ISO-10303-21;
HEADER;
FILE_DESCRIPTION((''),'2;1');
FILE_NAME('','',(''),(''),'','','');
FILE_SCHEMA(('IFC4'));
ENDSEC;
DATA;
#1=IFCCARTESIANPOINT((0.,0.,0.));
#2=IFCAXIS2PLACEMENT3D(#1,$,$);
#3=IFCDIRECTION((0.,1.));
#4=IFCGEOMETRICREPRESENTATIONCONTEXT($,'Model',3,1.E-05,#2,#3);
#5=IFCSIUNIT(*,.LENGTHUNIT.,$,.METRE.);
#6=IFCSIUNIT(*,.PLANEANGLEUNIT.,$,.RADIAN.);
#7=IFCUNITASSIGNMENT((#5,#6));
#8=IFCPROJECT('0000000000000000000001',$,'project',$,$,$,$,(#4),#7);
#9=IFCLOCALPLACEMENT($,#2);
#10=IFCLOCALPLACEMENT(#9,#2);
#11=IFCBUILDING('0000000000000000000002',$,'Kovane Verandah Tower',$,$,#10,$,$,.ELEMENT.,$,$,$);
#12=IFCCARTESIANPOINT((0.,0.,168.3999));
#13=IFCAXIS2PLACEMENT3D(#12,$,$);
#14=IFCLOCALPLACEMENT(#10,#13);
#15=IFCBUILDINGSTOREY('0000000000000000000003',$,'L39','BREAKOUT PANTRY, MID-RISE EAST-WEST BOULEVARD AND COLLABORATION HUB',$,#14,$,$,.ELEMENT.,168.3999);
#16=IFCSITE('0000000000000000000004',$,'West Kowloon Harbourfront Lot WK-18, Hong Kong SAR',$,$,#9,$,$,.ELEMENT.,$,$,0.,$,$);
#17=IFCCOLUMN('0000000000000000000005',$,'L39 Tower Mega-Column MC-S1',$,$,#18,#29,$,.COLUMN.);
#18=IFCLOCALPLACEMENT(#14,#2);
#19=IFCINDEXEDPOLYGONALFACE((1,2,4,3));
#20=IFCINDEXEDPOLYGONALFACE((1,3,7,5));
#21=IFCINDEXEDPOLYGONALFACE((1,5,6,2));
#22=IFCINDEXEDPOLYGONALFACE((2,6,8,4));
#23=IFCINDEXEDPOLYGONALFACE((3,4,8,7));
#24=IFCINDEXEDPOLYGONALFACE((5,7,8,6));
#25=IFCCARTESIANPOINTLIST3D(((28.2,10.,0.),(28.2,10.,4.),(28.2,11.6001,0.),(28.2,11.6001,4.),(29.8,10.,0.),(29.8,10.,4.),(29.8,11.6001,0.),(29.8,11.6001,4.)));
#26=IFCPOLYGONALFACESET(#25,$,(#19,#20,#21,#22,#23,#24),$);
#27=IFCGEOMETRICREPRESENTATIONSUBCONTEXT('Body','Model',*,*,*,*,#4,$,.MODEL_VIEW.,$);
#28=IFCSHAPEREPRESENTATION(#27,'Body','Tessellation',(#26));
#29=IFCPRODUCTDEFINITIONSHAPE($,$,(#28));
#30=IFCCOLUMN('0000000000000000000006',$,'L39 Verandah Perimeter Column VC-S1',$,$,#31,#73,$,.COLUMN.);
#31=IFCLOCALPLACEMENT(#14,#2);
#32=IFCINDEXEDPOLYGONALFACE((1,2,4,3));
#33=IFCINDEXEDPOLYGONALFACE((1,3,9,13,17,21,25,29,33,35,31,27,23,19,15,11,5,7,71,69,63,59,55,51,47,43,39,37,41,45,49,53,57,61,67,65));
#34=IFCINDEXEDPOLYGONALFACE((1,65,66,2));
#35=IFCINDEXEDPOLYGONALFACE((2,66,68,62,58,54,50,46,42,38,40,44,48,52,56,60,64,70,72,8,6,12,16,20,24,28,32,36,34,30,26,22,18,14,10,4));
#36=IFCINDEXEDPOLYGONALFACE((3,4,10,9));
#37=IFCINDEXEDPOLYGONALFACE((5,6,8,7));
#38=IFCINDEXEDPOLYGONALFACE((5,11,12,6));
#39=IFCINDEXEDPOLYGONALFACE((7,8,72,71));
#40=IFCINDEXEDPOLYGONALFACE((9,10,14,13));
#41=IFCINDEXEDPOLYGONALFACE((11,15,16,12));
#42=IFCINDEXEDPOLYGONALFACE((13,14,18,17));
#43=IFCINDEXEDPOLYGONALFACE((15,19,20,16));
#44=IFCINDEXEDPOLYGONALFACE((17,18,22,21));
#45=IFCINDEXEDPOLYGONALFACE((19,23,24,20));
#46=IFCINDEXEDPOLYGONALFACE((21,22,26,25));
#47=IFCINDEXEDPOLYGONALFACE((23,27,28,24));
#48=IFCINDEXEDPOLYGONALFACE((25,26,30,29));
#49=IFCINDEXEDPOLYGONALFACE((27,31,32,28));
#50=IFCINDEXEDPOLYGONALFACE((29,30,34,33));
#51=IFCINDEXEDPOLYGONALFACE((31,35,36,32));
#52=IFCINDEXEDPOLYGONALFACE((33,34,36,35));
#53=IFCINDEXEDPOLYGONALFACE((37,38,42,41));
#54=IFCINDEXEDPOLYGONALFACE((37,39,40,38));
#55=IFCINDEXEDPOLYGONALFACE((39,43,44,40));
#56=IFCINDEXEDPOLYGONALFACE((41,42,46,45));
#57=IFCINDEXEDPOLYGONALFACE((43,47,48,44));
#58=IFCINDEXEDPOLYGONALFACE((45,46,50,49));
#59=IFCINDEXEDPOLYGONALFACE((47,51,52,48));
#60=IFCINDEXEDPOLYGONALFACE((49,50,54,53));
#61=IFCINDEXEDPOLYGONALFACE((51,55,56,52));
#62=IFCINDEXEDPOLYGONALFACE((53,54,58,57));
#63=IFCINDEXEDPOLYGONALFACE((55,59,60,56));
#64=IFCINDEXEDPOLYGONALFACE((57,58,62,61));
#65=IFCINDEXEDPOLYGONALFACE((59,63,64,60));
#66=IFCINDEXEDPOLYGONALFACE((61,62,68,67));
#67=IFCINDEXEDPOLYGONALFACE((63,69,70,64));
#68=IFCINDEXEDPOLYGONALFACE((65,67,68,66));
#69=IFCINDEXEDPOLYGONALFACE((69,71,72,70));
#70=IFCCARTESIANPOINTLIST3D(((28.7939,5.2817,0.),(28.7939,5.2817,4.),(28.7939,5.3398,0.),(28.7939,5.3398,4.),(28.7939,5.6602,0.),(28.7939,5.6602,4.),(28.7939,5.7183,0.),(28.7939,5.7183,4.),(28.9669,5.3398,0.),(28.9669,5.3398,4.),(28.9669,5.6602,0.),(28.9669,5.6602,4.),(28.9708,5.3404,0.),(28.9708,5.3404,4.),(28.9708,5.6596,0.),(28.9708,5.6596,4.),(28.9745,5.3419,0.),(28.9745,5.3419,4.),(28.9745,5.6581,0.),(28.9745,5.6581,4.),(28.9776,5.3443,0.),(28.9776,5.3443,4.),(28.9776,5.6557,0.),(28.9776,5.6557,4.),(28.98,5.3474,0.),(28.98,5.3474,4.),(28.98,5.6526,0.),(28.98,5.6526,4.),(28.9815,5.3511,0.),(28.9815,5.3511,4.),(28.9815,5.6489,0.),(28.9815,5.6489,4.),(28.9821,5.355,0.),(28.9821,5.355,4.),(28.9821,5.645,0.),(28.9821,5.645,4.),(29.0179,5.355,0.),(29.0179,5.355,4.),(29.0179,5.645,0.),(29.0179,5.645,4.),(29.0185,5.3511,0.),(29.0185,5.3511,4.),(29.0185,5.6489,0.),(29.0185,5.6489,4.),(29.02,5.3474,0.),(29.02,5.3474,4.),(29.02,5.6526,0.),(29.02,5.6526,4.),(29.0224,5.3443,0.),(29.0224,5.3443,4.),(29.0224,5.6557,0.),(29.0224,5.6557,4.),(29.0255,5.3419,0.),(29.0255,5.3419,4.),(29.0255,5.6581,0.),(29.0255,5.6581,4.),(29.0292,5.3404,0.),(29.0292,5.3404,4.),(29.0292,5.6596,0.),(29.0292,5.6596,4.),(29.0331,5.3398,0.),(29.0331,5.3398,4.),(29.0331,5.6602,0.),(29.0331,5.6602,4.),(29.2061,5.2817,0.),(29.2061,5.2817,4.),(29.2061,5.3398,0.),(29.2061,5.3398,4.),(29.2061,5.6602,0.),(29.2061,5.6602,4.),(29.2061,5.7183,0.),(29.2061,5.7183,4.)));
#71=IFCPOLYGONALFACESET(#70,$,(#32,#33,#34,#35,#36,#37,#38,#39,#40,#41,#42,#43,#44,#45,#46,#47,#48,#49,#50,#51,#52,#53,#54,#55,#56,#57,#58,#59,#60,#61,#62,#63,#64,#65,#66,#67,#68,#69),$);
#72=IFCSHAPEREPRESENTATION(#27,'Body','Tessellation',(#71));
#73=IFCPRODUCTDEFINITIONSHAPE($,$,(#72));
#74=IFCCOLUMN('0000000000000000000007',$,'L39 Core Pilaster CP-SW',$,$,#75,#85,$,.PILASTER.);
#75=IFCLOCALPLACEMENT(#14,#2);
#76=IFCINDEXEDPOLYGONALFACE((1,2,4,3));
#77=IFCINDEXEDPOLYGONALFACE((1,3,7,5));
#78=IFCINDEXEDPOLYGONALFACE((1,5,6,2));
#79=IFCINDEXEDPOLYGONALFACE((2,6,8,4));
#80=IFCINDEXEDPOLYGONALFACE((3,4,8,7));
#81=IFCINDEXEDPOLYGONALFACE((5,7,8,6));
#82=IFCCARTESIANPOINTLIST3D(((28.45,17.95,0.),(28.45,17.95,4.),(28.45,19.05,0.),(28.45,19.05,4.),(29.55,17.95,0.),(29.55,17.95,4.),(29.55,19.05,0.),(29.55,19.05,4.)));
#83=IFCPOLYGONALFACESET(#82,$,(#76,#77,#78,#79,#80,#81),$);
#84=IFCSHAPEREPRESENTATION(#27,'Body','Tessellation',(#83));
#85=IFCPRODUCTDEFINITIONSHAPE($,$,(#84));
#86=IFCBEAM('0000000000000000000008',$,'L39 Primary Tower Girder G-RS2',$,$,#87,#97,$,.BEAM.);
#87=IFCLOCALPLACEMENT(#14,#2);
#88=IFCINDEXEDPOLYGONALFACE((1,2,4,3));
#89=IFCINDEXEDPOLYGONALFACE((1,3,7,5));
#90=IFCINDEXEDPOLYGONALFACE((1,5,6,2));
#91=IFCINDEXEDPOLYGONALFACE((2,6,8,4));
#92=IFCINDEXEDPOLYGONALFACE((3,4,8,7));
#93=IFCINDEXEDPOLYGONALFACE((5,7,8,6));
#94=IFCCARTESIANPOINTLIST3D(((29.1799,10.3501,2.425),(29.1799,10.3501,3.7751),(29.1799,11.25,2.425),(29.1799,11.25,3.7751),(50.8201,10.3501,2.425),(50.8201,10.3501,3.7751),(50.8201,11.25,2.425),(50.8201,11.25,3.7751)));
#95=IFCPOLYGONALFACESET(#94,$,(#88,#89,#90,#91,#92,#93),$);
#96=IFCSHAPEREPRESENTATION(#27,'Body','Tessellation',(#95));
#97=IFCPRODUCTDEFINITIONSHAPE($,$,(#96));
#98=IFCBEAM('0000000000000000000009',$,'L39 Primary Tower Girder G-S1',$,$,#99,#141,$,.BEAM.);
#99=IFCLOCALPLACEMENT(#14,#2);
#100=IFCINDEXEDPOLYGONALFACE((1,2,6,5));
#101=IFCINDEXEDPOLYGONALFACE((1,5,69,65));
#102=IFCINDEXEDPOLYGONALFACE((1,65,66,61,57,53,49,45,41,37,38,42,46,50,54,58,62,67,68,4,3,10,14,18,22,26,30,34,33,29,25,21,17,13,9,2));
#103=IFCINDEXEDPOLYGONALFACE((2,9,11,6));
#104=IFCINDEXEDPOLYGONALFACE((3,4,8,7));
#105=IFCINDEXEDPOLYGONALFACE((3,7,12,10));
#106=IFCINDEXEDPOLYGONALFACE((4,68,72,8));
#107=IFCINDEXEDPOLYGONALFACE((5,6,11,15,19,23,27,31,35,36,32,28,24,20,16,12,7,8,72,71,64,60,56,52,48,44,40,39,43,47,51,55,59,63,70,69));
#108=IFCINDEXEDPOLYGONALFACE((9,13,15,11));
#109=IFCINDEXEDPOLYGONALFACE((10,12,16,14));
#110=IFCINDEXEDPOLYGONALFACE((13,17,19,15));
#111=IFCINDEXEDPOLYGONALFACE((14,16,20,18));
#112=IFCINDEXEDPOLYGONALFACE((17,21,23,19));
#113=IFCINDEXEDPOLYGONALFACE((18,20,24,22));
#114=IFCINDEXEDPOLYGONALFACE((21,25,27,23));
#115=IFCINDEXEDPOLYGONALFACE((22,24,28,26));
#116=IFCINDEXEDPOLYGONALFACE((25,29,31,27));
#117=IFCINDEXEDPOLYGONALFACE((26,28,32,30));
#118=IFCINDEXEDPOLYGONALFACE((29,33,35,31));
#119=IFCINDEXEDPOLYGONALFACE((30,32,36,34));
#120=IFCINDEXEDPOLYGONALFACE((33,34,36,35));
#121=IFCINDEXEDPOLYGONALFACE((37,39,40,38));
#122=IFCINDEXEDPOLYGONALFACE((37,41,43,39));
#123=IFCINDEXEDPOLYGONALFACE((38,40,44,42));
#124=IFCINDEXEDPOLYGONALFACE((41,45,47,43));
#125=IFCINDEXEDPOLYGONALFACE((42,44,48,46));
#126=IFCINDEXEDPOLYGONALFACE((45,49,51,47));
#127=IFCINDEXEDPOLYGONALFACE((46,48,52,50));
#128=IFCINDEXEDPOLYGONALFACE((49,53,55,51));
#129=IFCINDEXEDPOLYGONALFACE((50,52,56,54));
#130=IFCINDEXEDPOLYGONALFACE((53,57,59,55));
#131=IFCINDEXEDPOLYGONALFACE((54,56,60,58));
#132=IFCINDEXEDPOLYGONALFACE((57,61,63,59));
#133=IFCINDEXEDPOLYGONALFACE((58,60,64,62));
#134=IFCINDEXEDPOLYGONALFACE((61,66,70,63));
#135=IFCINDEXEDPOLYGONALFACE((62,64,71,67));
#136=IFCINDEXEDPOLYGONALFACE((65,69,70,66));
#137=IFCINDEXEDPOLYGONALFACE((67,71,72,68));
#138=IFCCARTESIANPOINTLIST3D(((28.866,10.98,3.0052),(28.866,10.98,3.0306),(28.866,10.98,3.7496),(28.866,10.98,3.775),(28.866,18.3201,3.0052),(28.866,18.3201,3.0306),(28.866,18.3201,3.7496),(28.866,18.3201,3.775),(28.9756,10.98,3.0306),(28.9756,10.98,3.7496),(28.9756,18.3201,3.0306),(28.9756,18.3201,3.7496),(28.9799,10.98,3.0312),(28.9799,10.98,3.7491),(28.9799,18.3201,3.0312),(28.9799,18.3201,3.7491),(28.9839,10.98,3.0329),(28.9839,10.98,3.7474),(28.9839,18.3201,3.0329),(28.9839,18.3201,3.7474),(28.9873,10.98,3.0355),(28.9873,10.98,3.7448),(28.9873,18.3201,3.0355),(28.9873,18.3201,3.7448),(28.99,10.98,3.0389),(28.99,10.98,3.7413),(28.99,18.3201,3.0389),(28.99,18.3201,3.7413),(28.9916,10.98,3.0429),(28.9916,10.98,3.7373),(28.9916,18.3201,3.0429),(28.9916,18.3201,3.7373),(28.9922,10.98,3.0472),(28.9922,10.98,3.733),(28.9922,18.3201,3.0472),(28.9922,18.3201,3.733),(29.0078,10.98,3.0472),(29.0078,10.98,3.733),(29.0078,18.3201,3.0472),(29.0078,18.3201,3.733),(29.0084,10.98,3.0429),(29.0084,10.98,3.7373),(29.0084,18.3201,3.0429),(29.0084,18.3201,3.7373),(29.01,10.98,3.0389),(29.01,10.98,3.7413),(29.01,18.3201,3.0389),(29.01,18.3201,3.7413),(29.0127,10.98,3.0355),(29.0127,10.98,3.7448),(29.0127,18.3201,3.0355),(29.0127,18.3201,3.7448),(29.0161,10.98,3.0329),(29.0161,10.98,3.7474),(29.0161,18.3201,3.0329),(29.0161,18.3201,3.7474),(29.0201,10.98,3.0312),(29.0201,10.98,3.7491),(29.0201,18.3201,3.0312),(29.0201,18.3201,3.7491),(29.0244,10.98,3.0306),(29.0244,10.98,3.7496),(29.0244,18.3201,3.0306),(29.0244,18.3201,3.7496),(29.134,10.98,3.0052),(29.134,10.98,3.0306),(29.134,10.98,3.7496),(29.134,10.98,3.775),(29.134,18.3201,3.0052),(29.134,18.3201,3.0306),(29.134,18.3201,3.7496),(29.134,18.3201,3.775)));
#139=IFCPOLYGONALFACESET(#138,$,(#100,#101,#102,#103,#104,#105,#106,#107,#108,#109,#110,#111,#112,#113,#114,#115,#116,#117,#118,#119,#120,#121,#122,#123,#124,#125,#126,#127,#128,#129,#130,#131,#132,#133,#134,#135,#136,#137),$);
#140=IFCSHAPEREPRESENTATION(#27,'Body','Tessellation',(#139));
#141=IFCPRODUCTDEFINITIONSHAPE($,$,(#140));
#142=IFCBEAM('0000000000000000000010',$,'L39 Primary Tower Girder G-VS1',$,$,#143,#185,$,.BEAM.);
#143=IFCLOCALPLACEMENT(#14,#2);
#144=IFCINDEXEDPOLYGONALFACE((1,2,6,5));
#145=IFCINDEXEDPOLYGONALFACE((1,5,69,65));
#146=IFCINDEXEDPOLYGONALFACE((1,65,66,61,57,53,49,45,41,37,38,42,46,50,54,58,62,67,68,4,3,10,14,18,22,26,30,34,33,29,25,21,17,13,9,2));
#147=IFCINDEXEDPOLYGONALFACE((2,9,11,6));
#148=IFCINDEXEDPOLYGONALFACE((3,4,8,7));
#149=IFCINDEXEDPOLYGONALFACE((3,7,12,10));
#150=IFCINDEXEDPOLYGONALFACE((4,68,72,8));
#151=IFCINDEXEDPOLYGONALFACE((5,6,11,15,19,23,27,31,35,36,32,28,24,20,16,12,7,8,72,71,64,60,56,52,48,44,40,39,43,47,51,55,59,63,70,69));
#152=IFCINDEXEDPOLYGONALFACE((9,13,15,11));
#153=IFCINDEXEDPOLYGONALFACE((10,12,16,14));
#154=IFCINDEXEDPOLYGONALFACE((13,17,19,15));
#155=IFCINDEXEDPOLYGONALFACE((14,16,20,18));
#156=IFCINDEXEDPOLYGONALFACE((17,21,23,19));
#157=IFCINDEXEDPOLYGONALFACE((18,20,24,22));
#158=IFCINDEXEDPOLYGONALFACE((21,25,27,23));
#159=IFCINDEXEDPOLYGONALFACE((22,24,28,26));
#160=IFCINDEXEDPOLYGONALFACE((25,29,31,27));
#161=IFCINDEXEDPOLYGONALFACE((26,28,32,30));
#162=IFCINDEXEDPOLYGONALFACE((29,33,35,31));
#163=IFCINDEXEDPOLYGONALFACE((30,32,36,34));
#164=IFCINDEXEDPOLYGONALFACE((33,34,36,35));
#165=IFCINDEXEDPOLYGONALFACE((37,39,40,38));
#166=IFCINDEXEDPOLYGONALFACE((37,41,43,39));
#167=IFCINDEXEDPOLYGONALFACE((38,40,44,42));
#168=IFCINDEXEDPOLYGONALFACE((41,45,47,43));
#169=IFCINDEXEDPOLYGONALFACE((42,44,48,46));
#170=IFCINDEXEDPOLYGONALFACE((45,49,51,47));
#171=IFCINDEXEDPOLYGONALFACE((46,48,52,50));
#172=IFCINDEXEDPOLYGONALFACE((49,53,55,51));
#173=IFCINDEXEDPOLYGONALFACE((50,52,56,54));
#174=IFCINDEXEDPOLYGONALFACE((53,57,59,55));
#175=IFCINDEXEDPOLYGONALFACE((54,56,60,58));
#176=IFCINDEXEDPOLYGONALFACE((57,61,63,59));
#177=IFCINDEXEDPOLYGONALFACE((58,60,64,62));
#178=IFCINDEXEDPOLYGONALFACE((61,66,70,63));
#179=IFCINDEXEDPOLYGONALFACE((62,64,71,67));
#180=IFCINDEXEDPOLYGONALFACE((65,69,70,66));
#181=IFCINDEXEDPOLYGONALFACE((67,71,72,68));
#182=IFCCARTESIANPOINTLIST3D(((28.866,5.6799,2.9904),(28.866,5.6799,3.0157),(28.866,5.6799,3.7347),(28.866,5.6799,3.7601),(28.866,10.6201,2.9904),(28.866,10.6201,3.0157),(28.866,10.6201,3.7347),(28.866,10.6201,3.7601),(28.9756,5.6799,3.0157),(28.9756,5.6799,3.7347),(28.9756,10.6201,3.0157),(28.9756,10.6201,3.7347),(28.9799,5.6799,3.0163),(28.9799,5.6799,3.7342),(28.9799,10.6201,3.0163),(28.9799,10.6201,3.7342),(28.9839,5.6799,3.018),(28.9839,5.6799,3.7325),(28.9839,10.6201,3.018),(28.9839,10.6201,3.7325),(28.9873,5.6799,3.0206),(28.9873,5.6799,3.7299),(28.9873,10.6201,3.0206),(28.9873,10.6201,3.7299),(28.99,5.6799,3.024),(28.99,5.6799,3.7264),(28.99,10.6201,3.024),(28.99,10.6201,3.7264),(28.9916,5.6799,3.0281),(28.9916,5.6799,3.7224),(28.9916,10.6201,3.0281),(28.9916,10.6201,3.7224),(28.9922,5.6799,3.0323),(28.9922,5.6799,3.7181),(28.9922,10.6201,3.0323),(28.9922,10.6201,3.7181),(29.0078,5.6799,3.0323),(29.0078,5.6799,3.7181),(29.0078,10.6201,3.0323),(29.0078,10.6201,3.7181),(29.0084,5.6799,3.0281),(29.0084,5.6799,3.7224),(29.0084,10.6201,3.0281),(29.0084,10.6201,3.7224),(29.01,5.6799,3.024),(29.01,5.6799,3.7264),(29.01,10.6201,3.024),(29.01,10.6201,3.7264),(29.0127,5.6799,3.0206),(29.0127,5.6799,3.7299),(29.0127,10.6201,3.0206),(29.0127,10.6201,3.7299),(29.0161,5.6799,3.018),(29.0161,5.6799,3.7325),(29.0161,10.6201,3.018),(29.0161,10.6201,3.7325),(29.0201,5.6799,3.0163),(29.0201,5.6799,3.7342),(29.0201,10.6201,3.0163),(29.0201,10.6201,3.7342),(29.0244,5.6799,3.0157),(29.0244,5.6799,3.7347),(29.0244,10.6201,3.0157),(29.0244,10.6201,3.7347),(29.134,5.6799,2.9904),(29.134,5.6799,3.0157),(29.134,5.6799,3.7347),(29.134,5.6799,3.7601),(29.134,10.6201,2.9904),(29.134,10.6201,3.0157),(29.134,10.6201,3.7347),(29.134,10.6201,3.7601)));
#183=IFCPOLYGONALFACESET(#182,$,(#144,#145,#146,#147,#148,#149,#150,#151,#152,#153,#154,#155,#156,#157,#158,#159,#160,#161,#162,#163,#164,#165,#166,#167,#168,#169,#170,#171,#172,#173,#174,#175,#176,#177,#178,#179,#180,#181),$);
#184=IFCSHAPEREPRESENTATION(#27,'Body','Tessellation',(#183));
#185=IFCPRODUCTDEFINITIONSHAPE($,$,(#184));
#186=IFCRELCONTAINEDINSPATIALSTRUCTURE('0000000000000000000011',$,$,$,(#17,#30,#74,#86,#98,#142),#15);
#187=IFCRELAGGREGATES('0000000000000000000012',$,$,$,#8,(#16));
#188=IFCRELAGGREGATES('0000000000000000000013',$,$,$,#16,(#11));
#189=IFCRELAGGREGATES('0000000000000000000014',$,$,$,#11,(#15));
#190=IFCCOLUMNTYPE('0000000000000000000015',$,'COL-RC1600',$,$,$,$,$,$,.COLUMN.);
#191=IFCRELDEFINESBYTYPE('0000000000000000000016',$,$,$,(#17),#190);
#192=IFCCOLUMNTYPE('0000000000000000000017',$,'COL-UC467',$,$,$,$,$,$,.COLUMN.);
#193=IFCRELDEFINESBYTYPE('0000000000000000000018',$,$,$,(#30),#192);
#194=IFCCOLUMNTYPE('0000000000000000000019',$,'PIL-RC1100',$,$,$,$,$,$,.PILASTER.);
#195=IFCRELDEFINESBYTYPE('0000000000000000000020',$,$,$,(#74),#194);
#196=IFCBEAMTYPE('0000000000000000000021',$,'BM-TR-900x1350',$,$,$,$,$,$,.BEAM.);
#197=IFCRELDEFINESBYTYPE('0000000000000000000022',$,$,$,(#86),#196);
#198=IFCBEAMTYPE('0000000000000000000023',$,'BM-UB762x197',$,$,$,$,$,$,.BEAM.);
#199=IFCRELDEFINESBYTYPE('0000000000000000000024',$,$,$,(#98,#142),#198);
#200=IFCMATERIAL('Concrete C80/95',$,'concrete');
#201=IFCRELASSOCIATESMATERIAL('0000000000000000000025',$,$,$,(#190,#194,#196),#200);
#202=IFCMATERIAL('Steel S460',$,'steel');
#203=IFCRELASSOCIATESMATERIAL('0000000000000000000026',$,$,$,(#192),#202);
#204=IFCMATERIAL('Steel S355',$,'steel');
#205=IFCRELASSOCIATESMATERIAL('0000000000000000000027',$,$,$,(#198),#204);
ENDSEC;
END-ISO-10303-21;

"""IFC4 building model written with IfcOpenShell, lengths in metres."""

from ifc_helpers import new_model, si_unit, direction, frame, origin, origin_2d, place, context, subcontext, project, spatial, rectangle, i_section, extrude, material, material_profile, profile_set, type_object, element, save


model = new_model("IFC4")

# Units and contexts
model_context = context("Model", 3, precision=1e-05, world=origin(), true_north=direction((0.0, 1.0)))
body_context = subcontext(model_context, "Body", "Model", "MODEL_VIEW")
ifc_project = project(units=[si_unit("LENGTHUNIT", "METRE"), si_unit("PLANEANGLEUNIT", "RADIAN")], contexts=[model_context])

# Site, building, storey
site_placement = place(None, origin())
site = spatial("IfcSite", under=ifc_project, at=site_placement, Name="West Kowloon Harbourfront Lot WK-18, Hong Kong SAR", CompositionType="ELEMENT", RefElevation=0.0)
building_placement = place(site_placement, origin())
building = spatial("IfcBuilding", under=site, at=building_placement, Name="Kovane Verandah Tower", CompositionType="ELEMENT")
storey_placement = place(building_placement, frame((0.0, 0.0, 168.3999)))
storey = spatial("IfcBuildingStorey", under=building, at=storey_placement, Name="L39", Description="BREAKOUT PANTRY, MID-RISE EAST-WEST BOULEVARD AND COLLABORATION HUB", CompositionType="ELEMENT", Elevation=168.3999)

# Columns
ifc_material_1 = material(Name="Concrete C80/95", Category="concrete")
ifc_material_profile_1 = material_profile(ifc_material_1, rectangle(XDim=1.6001, YDim=1.6001, at=origin_2d()), Name="RC1600x1600")
ifc_profile_set_1 = profile_set([ifc_material_profile_1], Name="Concrete C80/95")
column_type_1 = type_object("IfcColumnType", Name="COL-RC1600", PredefinedType="COLUMN", material=ifc_profile_set_1)
column_1_placement = place(storey_placement, frame((29.0, 10.8, 0.0), z_axis=(0.0, 0.0, 1.0), x_axis=(1.0, 0.0, 0.0)))
element("IfcColumn", 1, at=column_1_placement, inside=storey, type_object=column_type_1, Name="L39 Tower Mega-Column MC-S1", PredefinedType="COLUMN", context=body_context, shape_type="SweptSolid", body=[
    extrude(rectangle(XDim=1.6001, YDim=1.6001, at=origin_2d()), origin(), (0.0, 0.0, 1.0), 4.0),
])
ifc_material_2 = material(Name="Steel S460", Category="steel")
ifc_material_profile_2 = material_profile(ifc_material_2, i_section(OverallWidth=0.4121, OverallDepth=0.4365, WebThickness=0.0359, FlangeThickness=0.0581, FilletRadius=0.0151, at=origin_2d()), Name="UC356x406x467")
ifc_profile_set_2 = profile_set([ifc_material_profile_2], Name="Steel S460")
column_type_2 = type_object("IfcColumnType", Name="COL-UC467", PredefinedType="COLUMN", material=ifc_profile_set_2)
column_2_placement = place(storey_placement, frame((29.0, 5.5, 0.0), z_axis=(0.0, 0.0, 1.0), x_axis=(1.0, 0.0, 0.0)))
element("IfcColumn", 2, at=column_2_placement, inside=storey, type_object=column_type_2, Name="L39 Verandah Perimeter Column VC-S1", PredefinedType="COLUMN", context=body_context, shape_type="SweptSolid", body=[
    extrude(i_section(OverallWidth=0.4121, OverallDepth=0.4365, WebThickness=0.0359, FlangeThickness=0.0581, FilletRadius=0.0151, at=origin_2d()), origin(), (0.0, 0.0, 1.0), 4.0),
])
ifc_material_profile_3 = material_profile(ifc_material_1, rectangle(XDim=1.1001, YDim=1.1001, at=origin_2d()), Name="RC1100x1100")
ifc_profile_set_3 = profile_set([ifc_material_profile_3], Name="Concrete C80/95")
column_type_3 = type_object("IfcColumnType", Name="PIL-RC1100", PredefinedType="PILASTER", material=ifc_profile_set_3)
column_3_placement = place(storey_placement, frame((29.0, 18.5, 0.0), z_axis=(0.0, 0.0, 1.0), x_axis=(1.0, 0.0, 0.0)))
element("IfcColumn", 3, at=column_3_placement, inside=storey, type_object=column_type_3, Name="L39 Core Pilaster CP-SW", PredefinedType="PILASTER", context=body_context, shape_type="SweptSolid", body=[
    extrude(rectangle(XDim=1.1001, YDim=1.1001, at=origin_2d()), origin(), (0.0, 0.0, 1.0), 4.0),
])

# Beams
ifc_material_profile_4 = material_profile(ifc_material_1, rectangle(XDim=0.8999, YDim=1.3501, at=origin_2d()), Name="RCB900x1350")
ifc_profile_set_4 = profile_set([ifc_material_profile_4], Name="Concrete C80/95")
beam_type_1 = type_object("IfcBeamType", Name="BM-TR-900x1350", PredefinedType="BEAM", material=ifc_profile_set_4)
beam_1_placement = place(storey_placement, frame((29.1799, 10.8, 3.1001), z_axis=(1.0, 0.0, 0.0), x_axis=(0.0, 1.0, 0.0)))
element("IfcBeam", 4, at=beam_1_placement, inside=storey, type_object=beam_type_1, Name="L39 Primary Tower Girder G-RS2", PredefinedType="BEAM", context=body_context, shape_type="SweptSolid", body=[
    extrude(rectangle(XDim=0.8999, YDim=1.3501, at=origin_2d()), origin(), (0.0, 0.0, 1.0), 21.6401),
])
ifc_material_3 = material(Name="Steel S355", Category="steel")
ifc_material_profile_5 = material_profile(ifc_material_3, i_section(OverallWidth=0.2681, OverallDepth=0.7698, WebThickness=0.0156, FlangeThickness=0.0254, FilletRadius=0.0166, at=origin_2d()), Name="UB762x267x197")
ifc_profile_set_5 = profile_set([ifc_material_profile_5], Name="Steel S355")
beam_type_2 = type_object("IfcBeamType", Name="BM-UB762x197", PredefinedType="BEAM", material=ifc_profile_set_5)
beam_2_placement = place(storey_placement, frame((29.0, 18.3201, 3.3901), z_axis=(0.0, -1.0, 0.0), x_axis=(1.0, 0.0, 0.0)))
element("IfcBeam", 5, at=beam_2_placement, inside=storey, type_object=beam_type_2, Name="L39 Primary Tower Girder G-S1", PredefinedType="BEAM", context=body_context, shape_type="SweptSolid", body=[
    extrude(i_section(OverallWidth=0.2681, OverallDepth=0.7698, WebThickness=0.0156, FlangeThickness=0.0254, FilletRadius=0.0166, at=origin_2d()), origin(), (0.0, 0.0, 1.0), 7.3401),
])
beam_3_placement = place(storey_placement, frame((29.0, 10.6201, 3.3752), z_axis=(0.0, -1.0, 0.0), x_axis=(1.0, 0.0, 0.0)))
element("IfcBeam", 6, at=beam_3_placement, inside=storey, type_object=beam_type_2, Name="L39 Primary Tower Girder G-VS1", PredefinedType="BEAM", context=body_context, shape_type="SweptSolid", body=[
    extrude(i_section(OverallWidth=0.2681, OverallDepth=0.7698, WebThickness=0.0156, FlangeThickness=0.0254, FilletRadius=0.0166, at=origin_2d()), origin(), (0.0, 0.0, 1.0), 4.9402),
])

save(model, "model.ifc")
